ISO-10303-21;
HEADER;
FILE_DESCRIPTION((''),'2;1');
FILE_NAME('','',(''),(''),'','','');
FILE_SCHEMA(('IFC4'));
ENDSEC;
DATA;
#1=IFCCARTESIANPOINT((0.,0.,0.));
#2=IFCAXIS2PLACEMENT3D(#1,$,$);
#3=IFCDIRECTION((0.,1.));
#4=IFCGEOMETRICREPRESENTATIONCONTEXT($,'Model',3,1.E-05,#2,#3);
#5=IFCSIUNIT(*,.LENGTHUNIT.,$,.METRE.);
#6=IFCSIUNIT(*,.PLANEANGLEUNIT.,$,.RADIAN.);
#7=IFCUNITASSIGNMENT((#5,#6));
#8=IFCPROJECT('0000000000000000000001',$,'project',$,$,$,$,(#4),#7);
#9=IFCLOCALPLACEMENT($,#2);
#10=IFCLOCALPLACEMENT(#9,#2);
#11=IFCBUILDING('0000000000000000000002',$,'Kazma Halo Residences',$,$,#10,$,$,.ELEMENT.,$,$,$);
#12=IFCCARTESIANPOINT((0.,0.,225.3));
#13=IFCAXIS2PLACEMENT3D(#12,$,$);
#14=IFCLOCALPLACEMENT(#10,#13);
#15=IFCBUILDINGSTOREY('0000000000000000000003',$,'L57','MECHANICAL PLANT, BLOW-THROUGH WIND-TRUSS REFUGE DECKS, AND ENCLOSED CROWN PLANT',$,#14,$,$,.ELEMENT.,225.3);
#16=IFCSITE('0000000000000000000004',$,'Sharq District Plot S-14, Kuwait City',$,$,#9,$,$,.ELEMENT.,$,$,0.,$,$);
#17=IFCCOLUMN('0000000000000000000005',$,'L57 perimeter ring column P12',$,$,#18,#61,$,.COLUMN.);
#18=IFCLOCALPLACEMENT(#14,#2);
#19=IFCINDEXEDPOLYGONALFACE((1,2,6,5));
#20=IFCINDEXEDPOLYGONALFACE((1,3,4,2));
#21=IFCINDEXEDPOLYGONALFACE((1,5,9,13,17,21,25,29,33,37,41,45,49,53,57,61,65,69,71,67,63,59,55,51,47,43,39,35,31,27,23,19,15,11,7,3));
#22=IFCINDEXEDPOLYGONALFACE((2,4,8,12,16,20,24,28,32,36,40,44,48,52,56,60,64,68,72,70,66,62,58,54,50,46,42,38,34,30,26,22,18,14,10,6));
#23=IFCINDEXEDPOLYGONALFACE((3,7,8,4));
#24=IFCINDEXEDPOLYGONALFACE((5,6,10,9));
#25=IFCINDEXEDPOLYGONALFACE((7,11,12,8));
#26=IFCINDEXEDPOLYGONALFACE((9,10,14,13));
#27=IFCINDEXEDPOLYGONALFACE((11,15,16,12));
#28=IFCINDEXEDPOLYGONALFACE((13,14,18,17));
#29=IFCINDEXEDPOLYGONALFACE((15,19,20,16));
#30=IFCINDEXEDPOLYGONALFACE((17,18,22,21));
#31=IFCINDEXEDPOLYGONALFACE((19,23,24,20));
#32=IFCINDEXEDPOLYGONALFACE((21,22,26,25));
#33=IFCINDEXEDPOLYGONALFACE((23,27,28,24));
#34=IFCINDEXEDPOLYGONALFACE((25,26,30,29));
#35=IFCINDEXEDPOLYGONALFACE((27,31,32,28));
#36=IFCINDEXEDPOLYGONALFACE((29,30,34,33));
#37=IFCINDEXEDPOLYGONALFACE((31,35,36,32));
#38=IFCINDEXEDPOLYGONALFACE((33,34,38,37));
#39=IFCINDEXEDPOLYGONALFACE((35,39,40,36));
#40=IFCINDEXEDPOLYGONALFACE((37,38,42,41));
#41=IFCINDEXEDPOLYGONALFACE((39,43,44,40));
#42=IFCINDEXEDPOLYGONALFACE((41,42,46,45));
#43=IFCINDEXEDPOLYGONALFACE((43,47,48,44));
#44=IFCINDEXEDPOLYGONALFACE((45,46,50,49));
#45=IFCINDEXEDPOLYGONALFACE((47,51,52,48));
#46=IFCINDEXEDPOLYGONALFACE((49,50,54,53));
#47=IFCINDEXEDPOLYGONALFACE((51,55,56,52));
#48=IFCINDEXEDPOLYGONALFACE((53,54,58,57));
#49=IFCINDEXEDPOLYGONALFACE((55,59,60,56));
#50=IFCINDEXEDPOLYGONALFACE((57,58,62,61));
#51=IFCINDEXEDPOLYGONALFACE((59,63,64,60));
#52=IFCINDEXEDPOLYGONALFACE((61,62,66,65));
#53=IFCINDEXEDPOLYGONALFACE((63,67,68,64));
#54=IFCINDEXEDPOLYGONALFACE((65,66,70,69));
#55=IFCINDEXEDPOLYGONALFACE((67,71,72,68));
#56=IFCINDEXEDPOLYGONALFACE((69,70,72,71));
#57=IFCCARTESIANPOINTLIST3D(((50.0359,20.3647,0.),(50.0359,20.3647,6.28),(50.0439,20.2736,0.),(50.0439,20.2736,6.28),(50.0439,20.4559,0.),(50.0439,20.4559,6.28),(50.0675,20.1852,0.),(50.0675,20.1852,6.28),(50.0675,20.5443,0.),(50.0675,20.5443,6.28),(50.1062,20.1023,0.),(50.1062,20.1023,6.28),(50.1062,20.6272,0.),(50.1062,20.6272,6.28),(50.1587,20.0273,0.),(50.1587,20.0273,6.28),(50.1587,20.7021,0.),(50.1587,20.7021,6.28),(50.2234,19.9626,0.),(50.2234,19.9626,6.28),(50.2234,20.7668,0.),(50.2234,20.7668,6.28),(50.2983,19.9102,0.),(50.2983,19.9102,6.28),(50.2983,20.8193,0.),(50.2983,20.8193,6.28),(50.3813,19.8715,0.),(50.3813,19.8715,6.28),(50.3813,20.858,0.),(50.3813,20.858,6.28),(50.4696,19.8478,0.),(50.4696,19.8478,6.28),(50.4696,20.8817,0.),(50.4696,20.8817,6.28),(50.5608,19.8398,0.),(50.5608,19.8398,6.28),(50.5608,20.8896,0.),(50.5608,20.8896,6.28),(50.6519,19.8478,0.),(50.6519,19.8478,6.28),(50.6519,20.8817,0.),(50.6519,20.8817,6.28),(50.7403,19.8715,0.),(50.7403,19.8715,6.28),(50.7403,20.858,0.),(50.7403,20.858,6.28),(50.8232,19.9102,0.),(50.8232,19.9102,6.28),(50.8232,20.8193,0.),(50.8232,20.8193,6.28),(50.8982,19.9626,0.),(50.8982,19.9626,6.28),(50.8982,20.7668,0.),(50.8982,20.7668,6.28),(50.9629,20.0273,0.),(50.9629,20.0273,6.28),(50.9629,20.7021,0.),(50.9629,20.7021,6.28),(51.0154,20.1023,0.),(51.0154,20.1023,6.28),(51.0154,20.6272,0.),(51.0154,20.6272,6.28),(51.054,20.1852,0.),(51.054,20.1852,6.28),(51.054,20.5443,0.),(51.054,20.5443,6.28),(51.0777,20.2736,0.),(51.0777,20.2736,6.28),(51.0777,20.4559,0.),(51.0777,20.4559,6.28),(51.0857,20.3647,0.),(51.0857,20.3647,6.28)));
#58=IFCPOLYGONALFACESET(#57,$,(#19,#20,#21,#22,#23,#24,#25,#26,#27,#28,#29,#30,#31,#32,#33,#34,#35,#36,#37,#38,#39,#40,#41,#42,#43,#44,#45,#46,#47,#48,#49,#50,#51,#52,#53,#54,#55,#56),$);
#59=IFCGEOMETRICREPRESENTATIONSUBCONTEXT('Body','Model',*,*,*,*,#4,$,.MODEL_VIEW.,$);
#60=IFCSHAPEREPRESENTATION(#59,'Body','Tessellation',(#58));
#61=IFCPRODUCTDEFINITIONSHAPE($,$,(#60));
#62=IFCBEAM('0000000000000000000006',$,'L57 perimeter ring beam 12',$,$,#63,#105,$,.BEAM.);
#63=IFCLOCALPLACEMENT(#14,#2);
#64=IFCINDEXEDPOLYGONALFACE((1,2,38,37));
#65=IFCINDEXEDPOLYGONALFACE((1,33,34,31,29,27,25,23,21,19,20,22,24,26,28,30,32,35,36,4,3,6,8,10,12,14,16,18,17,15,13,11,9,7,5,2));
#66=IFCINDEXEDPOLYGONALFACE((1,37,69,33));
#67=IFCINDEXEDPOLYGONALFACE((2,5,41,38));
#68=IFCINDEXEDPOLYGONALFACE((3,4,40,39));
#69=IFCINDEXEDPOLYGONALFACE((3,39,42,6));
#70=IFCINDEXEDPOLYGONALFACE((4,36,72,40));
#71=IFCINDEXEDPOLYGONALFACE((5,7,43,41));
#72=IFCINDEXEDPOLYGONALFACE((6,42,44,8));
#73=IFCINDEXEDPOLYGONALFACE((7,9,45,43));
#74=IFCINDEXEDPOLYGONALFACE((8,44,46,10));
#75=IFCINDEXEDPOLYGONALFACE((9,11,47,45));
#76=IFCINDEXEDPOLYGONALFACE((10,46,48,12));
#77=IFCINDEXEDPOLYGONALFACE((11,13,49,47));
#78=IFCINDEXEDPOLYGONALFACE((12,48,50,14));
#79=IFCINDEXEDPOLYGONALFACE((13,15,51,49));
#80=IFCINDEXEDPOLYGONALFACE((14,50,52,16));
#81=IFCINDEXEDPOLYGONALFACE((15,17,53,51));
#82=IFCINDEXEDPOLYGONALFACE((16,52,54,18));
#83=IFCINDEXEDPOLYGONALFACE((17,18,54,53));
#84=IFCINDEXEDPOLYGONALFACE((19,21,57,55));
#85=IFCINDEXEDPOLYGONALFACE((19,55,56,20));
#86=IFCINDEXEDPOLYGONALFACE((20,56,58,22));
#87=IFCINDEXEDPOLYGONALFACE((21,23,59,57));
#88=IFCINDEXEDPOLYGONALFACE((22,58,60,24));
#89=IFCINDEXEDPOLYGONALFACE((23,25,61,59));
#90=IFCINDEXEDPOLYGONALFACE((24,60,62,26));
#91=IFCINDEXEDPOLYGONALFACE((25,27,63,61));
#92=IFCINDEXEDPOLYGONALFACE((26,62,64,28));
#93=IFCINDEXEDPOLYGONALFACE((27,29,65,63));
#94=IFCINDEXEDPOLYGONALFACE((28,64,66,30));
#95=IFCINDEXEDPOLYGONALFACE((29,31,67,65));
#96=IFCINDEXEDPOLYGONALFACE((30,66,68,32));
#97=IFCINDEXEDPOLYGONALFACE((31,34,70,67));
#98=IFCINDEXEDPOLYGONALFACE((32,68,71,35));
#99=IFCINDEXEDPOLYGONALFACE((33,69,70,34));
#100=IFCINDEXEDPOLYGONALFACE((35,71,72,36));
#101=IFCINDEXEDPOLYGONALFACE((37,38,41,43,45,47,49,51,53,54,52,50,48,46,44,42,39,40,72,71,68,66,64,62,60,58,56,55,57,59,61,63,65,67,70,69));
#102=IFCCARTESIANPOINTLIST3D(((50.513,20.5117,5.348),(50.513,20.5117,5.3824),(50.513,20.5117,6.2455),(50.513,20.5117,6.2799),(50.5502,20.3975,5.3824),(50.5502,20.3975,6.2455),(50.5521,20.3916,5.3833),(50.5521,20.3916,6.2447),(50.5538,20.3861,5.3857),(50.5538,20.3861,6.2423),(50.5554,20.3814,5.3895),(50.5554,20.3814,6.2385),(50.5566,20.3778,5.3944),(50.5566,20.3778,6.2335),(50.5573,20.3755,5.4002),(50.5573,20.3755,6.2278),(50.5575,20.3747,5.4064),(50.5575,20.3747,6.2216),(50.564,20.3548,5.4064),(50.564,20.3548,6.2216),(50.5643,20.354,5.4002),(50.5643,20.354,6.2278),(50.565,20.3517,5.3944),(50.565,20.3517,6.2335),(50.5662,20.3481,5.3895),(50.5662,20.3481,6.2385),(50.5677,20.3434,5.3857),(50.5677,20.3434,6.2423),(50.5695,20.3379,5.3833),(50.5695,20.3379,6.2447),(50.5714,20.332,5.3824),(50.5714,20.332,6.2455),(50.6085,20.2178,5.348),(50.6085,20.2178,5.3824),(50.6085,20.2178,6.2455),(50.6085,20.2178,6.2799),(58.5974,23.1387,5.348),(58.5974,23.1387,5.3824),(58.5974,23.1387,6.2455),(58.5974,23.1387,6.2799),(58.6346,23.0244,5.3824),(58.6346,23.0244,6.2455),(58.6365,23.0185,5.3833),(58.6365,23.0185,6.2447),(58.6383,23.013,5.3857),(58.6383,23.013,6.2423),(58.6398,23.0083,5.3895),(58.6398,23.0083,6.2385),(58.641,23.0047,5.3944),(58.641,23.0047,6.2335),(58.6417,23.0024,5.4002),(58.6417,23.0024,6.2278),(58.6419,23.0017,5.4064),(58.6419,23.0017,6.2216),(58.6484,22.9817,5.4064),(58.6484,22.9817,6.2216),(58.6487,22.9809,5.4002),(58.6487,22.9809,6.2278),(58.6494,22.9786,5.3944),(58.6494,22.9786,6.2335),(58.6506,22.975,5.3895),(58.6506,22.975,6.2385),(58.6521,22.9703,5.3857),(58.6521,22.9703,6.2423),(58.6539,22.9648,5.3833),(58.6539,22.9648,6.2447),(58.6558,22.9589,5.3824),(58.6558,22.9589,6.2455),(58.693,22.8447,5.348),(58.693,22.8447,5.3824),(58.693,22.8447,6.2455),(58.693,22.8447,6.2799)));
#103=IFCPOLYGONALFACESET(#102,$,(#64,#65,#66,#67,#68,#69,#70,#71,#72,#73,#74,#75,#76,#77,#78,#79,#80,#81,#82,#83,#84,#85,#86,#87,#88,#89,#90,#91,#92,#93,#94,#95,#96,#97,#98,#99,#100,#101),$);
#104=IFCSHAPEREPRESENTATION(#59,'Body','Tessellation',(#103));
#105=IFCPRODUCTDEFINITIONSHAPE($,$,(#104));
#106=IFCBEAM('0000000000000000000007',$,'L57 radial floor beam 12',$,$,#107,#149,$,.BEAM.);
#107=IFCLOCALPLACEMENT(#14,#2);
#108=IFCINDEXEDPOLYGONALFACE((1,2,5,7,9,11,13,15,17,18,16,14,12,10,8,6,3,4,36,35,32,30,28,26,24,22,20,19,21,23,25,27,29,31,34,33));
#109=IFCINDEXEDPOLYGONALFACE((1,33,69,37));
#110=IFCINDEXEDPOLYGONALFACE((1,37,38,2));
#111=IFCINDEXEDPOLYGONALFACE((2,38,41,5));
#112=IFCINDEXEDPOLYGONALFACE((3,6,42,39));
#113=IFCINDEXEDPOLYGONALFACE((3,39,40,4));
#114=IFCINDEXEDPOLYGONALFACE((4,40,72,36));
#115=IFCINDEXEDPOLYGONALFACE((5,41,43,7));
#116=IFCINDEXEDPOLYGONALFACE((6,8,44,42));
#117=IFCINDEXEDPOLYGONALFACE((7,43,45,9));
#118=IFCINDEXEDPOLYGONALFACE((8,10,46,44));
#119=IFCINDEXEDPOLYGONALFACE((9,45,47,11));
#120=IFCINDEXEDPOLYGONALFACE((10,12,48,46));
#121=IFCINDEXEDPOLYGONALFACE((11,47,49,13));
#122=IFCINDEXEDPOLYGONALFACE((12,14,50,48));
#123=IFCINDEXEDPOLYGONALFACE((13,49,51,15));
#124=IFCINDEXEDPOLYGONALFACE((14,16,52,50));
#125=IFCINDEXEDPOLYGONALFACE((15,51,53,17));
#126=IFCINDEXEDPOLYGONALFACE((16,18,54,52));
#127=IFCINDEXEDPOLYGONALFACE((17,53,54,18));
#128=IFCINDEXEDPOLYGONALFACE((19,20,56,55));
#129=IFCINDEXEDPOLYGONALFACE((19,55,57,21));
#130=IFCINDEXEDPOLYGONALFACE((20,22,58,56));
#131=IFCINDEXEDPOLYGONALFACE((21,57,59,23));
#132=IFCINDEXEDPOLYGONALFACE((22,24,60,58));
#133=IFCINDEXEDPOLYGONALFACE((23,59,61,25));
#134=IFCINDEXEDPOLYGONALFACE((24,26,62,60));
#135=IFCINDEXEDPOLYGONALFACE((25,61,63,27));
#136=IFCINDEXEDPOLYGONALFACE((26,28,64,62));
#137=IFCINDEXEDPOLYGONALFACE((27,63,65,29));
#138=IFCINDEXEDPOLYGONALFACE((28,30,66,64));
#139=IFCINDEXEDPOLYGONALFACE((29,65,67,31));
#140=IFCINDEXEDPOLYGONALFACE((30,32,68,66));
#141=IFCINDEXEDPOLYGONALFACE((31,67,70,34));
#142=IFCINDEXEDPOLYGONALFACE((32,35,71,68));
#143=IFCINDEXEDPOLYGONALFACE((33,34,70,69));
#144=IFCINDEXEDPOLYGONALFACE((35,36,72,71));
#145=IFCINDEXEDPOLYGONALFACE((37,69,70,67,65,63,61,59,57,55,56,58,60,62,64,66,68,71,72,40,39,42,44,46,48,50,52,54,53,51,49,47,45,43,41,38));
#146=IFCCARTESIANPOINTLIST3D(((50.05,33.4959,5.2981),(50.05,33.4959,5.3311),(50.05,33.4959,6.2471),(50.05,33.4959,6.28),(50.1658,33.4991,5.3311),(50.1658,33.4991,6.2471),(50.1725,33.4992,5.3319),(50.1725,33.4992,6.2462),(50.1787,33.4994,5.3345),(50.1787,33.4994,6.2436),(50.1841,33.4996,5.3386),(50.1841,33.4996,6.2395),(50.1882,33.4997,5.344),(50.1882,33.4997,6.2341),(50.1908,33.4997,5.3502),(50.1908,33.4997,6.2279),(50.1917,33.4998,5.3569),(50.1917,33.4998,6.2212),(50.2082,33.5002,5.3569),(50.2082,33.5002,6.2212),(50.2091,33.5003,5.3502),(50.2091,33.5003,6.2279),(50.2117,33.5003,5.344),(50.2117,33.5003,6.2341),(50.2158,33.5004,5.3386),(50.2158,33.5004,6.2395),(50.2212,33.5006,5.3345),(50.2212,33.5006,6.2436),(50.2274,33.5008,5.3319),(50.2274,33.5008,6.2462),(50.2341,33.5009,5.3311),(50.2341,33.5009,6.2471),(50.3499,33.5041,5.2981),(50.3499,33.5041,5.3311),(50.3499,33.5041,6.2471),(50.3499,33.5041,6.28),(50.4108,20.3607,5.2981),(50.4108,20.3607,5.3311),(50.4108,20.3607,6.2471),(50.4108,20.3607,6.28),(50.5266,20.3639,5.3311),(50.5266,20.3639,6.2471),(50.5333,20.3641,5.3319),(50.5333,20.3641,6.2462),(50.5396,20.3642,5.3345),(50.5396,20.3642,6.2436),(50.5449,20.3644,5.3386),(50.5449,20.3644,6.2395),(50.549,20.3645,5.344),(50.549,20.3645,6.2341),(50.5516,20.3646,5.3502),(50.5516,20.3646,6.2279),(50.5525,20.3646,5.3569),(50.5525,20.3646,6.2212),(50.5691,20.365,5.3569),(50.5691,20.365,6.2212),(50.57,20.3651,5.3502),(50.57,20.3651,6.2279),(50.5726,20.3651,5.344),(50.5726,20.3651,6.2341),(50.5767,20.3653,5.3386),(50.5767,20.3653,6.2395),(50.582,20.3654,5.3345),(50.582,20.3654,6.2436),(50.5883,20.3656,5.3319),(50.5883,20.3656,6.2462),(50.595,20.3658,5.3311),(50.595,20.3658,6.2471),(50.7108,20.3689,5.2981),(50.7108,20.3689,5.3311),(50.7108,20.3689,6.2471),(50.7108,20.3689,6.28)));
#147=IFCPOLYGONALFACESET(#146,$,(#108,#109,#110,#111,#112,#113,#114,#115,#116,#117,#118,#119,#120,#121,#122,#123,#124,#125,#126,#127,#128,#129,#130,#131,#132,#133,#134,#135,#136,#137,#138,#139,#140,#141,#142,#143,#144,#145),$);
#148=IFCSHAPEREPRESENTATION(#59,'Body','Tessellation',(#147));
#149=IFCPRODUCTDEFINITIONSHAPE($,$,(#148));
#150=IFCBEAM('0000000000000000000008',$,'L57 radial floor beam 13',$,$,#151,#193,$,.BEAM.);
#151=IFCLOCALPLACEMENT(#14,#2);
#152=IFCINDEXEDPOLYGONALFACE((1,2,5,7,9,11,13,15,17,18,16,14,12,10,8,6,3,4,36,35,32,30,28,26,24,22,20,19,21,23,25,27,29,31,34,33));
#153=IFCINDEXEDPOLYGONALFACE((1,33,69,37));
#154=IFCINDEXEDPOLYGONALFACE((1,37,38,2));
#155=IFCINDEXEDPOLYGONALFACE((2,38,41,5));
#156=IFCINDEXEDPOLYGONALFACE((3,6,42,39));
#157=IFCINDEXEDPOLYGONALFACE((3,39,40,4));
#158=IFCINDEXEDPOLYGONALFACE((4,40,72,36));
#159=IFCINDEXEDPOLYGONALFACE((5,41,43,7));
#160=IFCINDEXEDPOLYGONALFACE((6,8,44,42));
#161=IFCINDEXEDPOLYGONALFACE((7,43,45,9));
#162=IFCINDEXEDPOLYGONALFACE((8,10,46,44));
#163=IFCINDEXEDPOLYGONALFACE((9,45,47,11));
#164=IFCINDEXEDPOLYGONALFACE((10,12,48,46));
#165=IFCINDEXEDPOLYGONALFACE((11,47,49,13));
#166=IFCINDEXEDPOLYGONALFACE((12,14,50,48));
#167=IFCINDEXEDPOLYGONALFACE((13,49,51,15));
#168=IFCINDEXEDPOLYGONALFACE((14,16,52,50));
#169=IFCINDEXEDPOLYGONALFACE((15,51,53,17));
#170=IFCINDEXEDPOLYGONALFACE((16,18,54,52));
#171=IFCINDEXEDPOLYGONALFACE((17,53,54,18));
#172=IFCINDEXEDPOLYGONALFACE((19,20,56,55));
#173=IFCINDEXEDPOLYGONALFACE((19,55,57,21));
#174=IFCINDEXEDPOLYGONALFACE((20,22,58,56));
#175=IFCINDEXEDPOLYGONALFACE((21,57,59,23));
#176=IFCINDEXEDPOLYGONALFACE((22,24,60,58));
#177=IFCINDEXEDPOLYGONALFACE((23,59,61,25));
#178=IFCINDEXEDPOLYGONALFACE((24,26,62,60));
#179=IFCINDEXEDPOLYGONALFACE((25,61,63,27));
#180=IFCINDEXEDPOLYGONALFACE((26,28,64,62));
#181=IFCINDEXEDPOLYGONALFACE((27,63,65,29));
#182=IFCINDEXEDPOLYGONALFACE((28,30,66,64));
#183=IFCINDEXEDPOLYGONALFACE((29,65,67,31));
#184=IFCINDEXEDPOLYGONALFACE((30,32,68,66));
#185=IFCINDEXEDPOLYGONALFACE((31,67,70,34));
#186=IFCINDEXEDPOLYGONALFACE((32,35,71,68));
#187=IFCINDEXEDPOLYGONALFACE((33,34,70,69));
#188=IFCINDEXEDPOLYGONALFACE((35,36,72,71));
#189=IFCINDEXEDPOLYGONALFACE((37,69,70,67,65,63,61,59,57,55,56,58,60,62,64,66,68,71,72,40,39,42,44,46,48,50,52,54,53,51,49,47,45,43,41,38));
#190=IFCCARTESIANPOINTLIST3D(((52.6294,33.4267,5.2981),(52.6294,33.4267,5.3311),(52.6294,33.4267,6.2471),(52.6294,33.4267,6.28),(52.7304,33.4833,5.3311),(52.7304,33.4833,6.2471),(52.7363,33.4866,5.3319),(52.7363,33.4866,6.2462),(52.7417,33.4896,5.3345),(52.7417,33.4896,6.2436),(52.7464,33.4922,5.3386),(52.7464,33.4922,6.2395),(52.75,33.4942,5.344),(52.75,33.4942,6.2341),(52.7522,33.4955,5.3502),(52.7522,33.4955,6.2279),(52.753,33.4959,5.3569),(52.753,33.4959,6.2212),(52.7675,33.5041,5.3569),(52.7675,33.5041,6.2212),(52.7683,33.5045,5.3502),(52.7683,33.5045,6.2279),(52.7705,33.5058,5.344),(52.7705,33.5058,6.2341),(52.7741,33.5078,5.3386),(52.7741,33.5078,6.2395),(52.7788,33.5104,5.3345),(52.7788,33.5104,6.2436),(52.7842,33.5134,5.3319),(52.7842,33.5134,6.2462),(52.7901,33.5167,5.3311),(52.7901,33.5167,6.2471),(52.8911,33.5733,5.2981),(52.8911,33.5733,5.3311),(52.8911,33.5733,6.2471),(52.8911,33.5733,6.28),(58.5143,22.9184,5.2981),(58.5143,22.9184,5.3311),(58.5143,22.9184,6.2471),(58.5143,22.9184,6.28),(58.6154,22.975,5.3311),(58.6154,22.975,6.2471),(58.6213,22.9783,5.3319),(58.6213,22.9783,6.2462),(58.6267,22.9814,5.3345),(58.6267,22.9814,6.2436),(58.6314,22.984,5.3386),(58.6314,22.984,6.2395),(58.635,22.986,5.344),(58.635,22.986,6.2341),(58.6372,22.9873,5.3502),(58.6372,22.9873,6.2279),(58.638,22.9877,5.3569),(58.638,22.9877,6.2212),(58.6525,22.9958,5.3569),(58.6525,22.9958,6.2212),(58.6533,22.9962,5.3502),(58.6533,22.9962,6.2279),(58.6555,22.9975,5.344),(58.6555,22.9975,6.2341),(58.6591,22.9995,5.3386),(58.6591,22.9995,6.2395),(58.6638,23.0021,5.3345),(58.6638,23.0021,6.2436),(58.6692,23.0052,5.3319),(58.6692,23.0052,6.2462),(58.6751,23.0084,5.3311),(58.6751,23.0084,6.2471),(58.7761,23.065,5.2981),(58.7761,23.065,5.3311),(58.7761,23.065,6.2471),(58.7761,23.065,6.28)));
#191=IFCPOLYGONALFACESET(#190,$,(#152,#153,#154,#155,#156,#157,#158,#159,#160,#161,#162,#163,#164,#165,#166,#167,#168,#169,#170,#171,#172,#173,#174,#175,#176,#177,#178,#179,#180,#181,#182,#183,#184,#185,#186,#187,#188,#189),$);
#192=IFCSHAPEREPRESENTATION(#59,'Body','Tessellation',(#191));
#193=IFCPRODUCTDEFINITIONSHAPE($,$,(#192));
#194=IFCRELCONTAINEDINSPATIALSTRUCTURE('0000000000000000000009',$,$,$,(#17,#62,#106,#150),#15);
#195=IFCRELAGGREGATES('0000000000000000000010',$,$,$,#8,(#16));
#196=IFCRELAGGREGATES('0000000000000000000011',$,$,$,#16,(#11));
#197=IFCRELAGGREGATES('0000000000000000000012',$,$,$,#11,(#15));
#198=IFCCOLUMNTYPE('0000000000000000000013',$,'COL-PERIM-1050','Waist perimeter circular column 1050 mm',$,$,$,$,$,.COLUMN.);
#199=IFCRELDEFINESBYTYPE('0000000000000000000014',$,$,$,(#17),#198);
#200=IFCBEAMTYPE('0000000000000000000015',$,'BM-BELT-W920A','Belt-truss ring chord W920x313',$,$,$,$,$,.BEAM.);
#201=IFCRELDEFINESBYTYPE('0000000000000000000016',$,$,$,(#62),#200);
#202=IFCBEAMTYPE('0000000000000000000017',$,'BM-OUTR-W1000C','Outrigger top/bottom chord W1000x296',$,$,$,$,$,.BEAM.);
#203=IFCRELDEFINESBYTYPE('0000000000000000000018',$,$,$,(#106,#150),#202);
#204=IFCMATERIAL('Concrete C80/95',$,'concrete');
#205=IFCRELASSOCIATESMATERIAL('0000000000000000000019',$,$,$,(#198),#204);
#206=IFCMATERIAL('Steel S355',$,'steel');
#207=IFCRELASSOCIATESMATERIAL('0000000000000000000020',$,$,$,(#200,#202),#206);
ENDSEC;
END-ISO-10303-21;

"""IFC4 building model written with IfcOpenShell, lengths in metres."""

from ifc_helpers import new_model, si_unit, direction, frame, origin, origin_2d, place, context, subcontext, project, spatial, circle, i_section, extrude, material, material_profile, profile_set, type_object, element, save


model = new_model("IFC4")

# Units and contexts
model_context = context("Model", 3, precision=1e-05, world=origin(), true_north=direction((0.0, 1.0)))
body_context = subcontext(model_context, "Body", "Model", "MODEL_VIEW")
ifc_project = project(units=[si_unit("LENGTHUNIT", "METRE"), si_unit("PLANEANGLEUNIT", "RADIAN")], contexts=[model_context])

# Site, building, storey
site_placement = place(None, origin())
site = spatial("IfcSite", under=ifc_project, at=site_placement, Name="Sharq District Plot S-14, Kuwait City", CompositionType="ELEMENT", RefElevation=0.0)
building_placement = place(site_placement, origin())
building = spatial("IfcBuilding", under=site, at=building_placement, Name="Kazma Halo Residences", CompositionType="ELEMENT")
storey_placement = place(building_placement, frame((0.0, 0.0, 225.3)))
storey = spatial("IfcBuildingStorey", under=building, at=storey_placement, Name="L57", Description="MECHANICAL PLANT, BLOW-THROUGH WIND-TRUSS REFUGE DECKS, AND ENCLOSED CROWN PLANT", CompositionType="ELEMENT", Elevation=225.3)

# Column
ifc_material_1 = material(Name="Concrete C80/95", Category="concrete")
ifc_material_profile_1 = material_profile(ifc_material_1, circle(Radius=0.5249, at=origin_2d()), Name="CIRC1050")
ifc_profile_set_1 = profile_set([ifc_material_profile_1], Name="Concrete C80/95")
column_type = type_object("IfcColumnType", Name="COL-PERIM-1050", Description="Waist perimeter circular column 1050 mm", PredefinedType="COLUMN", material=ifc_profile_set_1)
column_placement = place(storey_placement, frame((50.5608, 20.3647, 0.0), z_axis=(0.0, 0.0, 1.0), x_axis=(1.0, 0.0, 0.0)))
element("IfcColumn", 1, at=column_placement, inside=storey, type_object=column_type, Name="L57 perimeter ring column P12", PredefinedType="COLUMN", context=body_context, shape_type="SweptSolid", body=[
    extrude(circle(Radius=0.5249, at=origin_2d()), origin(), (0.0, 0.0, 1.0), 6.28),
])

# Beams
ifc_material_2 = material(Name="Steel S355", Category="steel")
ifc_material_profile_2 = material_profile(ifc_material_2, i_section(OverallWidth=0.3091, OverallDepth=0.9319, WebThickness=0.021, FlangeThickness=0.0344, FilletRadius=0.0239, at=origin_2d()), Name="W920x313")
ifc_profile_set_2 = profile_set([ifc_material_profile_2], Name="Steel S355")
beam_type_1 = type_object("IfcBeamType", Name="BM-BELT-W920A", Description="Belt-truss ring chord W920x313", PredefinedType="BEAM", material=ifc_profile_set_2)
beam_1_placement = place(storey_placement, frame((50.5608, 20.3647, 5.814), z_axis=(0.951051, 0.309033, 0.0), x_axis=(-0.309033, 0.951051, 0.0)))
element("IfcBeam", 2, at=beam_1_placement, inside=storey, type_object=beam_type_1, Name="L57 perimeter ring beam 12", PredefinedType="BEAM", context=body_context, shape_type="SweptSolid", body=[
    extrude(i_section(OverallWidth=0.3091, OverallDepth=0.9319, WebThickness=0.021, FlangeThickness=0.0344, FilletRadius=0.0239, at=origin_2d()), origin(), (0.0, 0.0, 1.0), 8.5005),
])
ifc_material_profile_3 = material_profile(ifc_material_2, i_section(OverallWidth=0.3, OverallDepth=0.9819, WebThickness=0.0166, FlangeThickness=0.033, FilletRadius=0.0259, at=origin_2d()), Name="W1000x296")
ifc_profile_set_3 = profile_set([ifc_material_profile_3], Name="Steel S355")
beam_type_2 = type_object("IfcBeamType", Name="BM-OUTR-W1000C", Description="Outrigger top/bottom chord W1000x296", PredefinedType="BEAM", material=ifc_profile_set_3)
beam_2_placement = place(storey_placement, frame((50.2, 33.5, 5.7891), z_axis=(0.027461, -0.999623, 0.0), x_axis=(0.999623, 0.027461, 0.0)))
element("IfcBeam", 3, at=beam_2_placement, inside=storey, type_object=beam_type_2, Name="L57 radial floor beam 12", PredefinedType="BEAM", context=body_context, shape_type="SweptSolid", body=[
    extrude(i_section(OverallWidth=0.3, OverallDepth=0.9819, WebThickness=0.0166, FlangeThickness=0.033, FilletRadius=0.0259, at=origin_2d()), origin(), (0.0, 0.0, 1.0), 13.1401),
])
beam_3_placement = place(storey_placement, frame((52.7603, 33.5, 5.7891), z_axis=(0.488626, -0.872493, 0.0), x_axis=(0.872493, 0.488626, 0.0)))
element("IfcBeam", 4, at=beam_3_placement, inside=storey, type_object=beam_type_2, Name="L57 radial floor beam 13", PredefinedType="BEAM", context=body_context, shape_type="SweptSolid", body=[
    extrude(i_section(OverallWidth=0.3, OverallDepth=0.9819, WebThickness=0.0166, FlangeThickness=0.033, FilletRadius=0.0259, at=origin_2d()), origin(), (0.0, 0.0, 1.0), 12.0439),
])

save(model, "model.ifc")
